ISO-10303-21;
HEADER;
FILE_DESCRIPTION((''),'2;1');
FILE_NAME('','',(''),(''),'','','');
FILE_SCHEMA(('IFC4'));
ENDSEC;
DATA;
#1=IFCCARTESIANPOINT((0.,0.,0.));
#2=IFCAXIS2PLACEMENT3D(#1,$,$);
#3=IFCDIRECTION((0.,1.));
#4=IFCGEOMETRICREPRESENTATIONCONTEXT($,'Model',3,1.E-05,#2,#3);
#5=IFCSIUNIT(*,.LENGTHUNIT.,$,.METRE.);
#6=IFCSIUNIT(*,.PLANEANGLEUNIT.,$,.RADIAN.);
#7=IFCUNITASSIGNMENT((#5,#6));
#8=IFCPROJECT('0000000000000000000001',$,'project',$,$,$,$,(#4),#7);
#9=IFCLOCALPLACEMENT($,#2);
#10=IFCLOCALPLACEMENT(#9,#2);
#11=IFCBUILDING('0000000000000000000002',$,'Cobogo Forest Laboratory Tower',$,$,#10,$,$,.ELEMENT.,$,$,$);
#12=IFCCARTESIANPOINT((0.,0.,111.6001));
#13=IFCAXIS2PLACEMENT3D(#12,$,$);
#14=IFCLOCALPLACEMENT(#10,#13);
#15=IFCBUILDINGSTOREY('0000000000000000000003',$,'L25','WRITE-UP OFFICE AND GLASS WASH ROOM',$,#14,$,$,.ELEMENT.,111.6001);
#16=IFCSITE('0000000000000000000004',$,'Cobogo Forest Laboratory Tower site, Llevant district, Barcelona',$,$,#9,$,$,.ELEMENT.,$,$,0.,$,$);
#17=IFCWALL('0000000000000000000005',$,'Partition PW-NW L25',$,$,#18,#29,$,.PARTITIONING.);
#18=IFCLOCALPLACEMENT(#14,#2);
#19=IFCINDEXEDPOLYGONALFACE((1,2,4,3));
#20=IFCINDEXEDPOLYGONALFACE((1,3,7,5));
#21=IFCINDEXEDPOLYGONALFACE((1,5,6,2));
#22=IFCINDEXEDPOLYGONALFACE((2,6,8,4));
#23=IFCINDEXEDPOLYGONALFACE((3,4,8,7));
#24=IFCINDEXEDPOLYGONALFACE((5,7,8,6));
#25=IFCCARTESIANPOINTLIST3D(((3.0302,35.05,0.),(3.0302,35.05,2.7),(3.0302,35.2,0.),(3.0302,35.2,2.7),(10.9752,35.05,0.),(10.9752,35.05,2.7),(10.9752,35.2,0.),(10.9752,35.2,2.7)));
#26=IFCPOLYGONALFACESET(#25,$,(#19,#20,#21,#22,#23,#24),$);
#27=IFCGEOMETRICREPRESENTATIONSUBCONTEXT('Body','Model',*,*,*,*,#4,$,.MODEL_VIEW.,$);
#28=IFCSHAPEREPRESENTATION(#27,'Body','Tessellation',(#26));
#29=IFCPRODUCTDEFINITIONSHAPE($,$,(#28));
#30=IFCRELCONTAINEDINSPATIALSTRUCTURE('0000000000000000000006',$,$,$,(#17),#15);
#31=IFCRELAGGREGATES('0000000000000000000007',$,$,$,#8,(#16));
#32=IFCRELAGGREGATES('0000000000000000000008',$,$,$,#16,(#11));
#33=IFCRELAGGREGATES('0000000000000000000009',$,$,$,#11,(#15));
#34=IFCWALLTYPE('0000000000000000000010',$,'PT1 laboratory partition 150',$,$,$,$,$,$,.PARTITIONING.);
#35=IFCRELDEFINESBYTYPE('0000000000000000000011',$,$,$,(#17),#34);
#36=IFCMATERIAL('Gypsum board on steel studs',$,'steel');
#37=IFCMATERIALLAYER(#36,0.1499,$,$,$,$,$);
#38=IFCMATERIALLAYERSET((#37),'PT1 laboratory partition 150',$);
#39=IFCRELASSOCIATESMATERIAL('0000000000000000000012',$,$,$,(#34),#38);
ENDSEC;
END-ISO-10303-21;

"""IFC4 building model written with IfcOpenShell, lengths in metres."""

from ifc_helpers import new_model, si_unit, direction, frame, frame_2d, origin, place, context, subcontext, project, spatial, rectangle, extrude, material, layer, layer_set, type_object, element, save


model = new_model("IFC4")

# Units and contexts
model_context = context("Model", 3, precision=1e-05, world=origin(), true_north=direction((0.0, 1.0)))
body_context = subcontext(model_context, "Body", "Model", "MODEL_VIEW")
ifc_project = project(units=[si_unit("LENGTHUNIT", "METRE"), si_unit("PLANEANGLEUNIT", "RADIAN")], contexts=[model_context])

# Site, building, storey
site_placement = place(None, origin())
site = spatial("IfcSite", under=ifc_project, at=site_placement, Name="Cobogo Forest Laboratory Tower site, Llevant district, Barcelona", CompositionType="ELEMENT", RefElevation=0.0)
building_placement = place(site_placement, origin())
building = spatial("IfcBuilding", under=site, at=building_placement, Name="Cobogo Forest Laboratory Tower", CompositionType="ELEMENT")
storey_placement = place(building_placement, frame((0.0, 0.0, 111.6001)))
storey = spatial("IfcBuildingStorey", under=building, at=storey_placement, Name="L25", Description="WRITE-UP OFFICE AND GLASS WASH ROOM", CompositionType="ELEMENT", Elevation=111.6001)

# Wall
ifc_material_1 = material(Name="Gypsum board on steel studs", Category="steel")
ifc_layer_1 = layer(ifc_material_1, 0.1499)
ifc_layer_set_1 = layer_set([ifc_layer_1], Name="PT1 laboratory partition 150")
wall_type = type_object("IfcWallType", Name="PT1 laboratory partition 150", PredefinedType="PARTITIONING", material=ifc_layer_set_1)
wall_placement = place(storey_placement, frame((3.03, 35.125, 0.0), z_axis=(0.0, 0.0, 1.0), x_axis=(1.0, 0.0, 0.0)))
element("IfcWall", 1, at=wall_placement, inside=storey, type_object=wall_type, Name="Partition PW-NW L25", PredefinedType="PARTITIONING", context=body_context, shape_type="SweptSolid", body=[
    extrude(rectangle(XDim=7.9451, YDim=0.1499, at=frame_2d((3.9727, 0.0))), origin(), (0.0, 0.0, 1.0), 2.7),
])

save(model, "model.ifc")
